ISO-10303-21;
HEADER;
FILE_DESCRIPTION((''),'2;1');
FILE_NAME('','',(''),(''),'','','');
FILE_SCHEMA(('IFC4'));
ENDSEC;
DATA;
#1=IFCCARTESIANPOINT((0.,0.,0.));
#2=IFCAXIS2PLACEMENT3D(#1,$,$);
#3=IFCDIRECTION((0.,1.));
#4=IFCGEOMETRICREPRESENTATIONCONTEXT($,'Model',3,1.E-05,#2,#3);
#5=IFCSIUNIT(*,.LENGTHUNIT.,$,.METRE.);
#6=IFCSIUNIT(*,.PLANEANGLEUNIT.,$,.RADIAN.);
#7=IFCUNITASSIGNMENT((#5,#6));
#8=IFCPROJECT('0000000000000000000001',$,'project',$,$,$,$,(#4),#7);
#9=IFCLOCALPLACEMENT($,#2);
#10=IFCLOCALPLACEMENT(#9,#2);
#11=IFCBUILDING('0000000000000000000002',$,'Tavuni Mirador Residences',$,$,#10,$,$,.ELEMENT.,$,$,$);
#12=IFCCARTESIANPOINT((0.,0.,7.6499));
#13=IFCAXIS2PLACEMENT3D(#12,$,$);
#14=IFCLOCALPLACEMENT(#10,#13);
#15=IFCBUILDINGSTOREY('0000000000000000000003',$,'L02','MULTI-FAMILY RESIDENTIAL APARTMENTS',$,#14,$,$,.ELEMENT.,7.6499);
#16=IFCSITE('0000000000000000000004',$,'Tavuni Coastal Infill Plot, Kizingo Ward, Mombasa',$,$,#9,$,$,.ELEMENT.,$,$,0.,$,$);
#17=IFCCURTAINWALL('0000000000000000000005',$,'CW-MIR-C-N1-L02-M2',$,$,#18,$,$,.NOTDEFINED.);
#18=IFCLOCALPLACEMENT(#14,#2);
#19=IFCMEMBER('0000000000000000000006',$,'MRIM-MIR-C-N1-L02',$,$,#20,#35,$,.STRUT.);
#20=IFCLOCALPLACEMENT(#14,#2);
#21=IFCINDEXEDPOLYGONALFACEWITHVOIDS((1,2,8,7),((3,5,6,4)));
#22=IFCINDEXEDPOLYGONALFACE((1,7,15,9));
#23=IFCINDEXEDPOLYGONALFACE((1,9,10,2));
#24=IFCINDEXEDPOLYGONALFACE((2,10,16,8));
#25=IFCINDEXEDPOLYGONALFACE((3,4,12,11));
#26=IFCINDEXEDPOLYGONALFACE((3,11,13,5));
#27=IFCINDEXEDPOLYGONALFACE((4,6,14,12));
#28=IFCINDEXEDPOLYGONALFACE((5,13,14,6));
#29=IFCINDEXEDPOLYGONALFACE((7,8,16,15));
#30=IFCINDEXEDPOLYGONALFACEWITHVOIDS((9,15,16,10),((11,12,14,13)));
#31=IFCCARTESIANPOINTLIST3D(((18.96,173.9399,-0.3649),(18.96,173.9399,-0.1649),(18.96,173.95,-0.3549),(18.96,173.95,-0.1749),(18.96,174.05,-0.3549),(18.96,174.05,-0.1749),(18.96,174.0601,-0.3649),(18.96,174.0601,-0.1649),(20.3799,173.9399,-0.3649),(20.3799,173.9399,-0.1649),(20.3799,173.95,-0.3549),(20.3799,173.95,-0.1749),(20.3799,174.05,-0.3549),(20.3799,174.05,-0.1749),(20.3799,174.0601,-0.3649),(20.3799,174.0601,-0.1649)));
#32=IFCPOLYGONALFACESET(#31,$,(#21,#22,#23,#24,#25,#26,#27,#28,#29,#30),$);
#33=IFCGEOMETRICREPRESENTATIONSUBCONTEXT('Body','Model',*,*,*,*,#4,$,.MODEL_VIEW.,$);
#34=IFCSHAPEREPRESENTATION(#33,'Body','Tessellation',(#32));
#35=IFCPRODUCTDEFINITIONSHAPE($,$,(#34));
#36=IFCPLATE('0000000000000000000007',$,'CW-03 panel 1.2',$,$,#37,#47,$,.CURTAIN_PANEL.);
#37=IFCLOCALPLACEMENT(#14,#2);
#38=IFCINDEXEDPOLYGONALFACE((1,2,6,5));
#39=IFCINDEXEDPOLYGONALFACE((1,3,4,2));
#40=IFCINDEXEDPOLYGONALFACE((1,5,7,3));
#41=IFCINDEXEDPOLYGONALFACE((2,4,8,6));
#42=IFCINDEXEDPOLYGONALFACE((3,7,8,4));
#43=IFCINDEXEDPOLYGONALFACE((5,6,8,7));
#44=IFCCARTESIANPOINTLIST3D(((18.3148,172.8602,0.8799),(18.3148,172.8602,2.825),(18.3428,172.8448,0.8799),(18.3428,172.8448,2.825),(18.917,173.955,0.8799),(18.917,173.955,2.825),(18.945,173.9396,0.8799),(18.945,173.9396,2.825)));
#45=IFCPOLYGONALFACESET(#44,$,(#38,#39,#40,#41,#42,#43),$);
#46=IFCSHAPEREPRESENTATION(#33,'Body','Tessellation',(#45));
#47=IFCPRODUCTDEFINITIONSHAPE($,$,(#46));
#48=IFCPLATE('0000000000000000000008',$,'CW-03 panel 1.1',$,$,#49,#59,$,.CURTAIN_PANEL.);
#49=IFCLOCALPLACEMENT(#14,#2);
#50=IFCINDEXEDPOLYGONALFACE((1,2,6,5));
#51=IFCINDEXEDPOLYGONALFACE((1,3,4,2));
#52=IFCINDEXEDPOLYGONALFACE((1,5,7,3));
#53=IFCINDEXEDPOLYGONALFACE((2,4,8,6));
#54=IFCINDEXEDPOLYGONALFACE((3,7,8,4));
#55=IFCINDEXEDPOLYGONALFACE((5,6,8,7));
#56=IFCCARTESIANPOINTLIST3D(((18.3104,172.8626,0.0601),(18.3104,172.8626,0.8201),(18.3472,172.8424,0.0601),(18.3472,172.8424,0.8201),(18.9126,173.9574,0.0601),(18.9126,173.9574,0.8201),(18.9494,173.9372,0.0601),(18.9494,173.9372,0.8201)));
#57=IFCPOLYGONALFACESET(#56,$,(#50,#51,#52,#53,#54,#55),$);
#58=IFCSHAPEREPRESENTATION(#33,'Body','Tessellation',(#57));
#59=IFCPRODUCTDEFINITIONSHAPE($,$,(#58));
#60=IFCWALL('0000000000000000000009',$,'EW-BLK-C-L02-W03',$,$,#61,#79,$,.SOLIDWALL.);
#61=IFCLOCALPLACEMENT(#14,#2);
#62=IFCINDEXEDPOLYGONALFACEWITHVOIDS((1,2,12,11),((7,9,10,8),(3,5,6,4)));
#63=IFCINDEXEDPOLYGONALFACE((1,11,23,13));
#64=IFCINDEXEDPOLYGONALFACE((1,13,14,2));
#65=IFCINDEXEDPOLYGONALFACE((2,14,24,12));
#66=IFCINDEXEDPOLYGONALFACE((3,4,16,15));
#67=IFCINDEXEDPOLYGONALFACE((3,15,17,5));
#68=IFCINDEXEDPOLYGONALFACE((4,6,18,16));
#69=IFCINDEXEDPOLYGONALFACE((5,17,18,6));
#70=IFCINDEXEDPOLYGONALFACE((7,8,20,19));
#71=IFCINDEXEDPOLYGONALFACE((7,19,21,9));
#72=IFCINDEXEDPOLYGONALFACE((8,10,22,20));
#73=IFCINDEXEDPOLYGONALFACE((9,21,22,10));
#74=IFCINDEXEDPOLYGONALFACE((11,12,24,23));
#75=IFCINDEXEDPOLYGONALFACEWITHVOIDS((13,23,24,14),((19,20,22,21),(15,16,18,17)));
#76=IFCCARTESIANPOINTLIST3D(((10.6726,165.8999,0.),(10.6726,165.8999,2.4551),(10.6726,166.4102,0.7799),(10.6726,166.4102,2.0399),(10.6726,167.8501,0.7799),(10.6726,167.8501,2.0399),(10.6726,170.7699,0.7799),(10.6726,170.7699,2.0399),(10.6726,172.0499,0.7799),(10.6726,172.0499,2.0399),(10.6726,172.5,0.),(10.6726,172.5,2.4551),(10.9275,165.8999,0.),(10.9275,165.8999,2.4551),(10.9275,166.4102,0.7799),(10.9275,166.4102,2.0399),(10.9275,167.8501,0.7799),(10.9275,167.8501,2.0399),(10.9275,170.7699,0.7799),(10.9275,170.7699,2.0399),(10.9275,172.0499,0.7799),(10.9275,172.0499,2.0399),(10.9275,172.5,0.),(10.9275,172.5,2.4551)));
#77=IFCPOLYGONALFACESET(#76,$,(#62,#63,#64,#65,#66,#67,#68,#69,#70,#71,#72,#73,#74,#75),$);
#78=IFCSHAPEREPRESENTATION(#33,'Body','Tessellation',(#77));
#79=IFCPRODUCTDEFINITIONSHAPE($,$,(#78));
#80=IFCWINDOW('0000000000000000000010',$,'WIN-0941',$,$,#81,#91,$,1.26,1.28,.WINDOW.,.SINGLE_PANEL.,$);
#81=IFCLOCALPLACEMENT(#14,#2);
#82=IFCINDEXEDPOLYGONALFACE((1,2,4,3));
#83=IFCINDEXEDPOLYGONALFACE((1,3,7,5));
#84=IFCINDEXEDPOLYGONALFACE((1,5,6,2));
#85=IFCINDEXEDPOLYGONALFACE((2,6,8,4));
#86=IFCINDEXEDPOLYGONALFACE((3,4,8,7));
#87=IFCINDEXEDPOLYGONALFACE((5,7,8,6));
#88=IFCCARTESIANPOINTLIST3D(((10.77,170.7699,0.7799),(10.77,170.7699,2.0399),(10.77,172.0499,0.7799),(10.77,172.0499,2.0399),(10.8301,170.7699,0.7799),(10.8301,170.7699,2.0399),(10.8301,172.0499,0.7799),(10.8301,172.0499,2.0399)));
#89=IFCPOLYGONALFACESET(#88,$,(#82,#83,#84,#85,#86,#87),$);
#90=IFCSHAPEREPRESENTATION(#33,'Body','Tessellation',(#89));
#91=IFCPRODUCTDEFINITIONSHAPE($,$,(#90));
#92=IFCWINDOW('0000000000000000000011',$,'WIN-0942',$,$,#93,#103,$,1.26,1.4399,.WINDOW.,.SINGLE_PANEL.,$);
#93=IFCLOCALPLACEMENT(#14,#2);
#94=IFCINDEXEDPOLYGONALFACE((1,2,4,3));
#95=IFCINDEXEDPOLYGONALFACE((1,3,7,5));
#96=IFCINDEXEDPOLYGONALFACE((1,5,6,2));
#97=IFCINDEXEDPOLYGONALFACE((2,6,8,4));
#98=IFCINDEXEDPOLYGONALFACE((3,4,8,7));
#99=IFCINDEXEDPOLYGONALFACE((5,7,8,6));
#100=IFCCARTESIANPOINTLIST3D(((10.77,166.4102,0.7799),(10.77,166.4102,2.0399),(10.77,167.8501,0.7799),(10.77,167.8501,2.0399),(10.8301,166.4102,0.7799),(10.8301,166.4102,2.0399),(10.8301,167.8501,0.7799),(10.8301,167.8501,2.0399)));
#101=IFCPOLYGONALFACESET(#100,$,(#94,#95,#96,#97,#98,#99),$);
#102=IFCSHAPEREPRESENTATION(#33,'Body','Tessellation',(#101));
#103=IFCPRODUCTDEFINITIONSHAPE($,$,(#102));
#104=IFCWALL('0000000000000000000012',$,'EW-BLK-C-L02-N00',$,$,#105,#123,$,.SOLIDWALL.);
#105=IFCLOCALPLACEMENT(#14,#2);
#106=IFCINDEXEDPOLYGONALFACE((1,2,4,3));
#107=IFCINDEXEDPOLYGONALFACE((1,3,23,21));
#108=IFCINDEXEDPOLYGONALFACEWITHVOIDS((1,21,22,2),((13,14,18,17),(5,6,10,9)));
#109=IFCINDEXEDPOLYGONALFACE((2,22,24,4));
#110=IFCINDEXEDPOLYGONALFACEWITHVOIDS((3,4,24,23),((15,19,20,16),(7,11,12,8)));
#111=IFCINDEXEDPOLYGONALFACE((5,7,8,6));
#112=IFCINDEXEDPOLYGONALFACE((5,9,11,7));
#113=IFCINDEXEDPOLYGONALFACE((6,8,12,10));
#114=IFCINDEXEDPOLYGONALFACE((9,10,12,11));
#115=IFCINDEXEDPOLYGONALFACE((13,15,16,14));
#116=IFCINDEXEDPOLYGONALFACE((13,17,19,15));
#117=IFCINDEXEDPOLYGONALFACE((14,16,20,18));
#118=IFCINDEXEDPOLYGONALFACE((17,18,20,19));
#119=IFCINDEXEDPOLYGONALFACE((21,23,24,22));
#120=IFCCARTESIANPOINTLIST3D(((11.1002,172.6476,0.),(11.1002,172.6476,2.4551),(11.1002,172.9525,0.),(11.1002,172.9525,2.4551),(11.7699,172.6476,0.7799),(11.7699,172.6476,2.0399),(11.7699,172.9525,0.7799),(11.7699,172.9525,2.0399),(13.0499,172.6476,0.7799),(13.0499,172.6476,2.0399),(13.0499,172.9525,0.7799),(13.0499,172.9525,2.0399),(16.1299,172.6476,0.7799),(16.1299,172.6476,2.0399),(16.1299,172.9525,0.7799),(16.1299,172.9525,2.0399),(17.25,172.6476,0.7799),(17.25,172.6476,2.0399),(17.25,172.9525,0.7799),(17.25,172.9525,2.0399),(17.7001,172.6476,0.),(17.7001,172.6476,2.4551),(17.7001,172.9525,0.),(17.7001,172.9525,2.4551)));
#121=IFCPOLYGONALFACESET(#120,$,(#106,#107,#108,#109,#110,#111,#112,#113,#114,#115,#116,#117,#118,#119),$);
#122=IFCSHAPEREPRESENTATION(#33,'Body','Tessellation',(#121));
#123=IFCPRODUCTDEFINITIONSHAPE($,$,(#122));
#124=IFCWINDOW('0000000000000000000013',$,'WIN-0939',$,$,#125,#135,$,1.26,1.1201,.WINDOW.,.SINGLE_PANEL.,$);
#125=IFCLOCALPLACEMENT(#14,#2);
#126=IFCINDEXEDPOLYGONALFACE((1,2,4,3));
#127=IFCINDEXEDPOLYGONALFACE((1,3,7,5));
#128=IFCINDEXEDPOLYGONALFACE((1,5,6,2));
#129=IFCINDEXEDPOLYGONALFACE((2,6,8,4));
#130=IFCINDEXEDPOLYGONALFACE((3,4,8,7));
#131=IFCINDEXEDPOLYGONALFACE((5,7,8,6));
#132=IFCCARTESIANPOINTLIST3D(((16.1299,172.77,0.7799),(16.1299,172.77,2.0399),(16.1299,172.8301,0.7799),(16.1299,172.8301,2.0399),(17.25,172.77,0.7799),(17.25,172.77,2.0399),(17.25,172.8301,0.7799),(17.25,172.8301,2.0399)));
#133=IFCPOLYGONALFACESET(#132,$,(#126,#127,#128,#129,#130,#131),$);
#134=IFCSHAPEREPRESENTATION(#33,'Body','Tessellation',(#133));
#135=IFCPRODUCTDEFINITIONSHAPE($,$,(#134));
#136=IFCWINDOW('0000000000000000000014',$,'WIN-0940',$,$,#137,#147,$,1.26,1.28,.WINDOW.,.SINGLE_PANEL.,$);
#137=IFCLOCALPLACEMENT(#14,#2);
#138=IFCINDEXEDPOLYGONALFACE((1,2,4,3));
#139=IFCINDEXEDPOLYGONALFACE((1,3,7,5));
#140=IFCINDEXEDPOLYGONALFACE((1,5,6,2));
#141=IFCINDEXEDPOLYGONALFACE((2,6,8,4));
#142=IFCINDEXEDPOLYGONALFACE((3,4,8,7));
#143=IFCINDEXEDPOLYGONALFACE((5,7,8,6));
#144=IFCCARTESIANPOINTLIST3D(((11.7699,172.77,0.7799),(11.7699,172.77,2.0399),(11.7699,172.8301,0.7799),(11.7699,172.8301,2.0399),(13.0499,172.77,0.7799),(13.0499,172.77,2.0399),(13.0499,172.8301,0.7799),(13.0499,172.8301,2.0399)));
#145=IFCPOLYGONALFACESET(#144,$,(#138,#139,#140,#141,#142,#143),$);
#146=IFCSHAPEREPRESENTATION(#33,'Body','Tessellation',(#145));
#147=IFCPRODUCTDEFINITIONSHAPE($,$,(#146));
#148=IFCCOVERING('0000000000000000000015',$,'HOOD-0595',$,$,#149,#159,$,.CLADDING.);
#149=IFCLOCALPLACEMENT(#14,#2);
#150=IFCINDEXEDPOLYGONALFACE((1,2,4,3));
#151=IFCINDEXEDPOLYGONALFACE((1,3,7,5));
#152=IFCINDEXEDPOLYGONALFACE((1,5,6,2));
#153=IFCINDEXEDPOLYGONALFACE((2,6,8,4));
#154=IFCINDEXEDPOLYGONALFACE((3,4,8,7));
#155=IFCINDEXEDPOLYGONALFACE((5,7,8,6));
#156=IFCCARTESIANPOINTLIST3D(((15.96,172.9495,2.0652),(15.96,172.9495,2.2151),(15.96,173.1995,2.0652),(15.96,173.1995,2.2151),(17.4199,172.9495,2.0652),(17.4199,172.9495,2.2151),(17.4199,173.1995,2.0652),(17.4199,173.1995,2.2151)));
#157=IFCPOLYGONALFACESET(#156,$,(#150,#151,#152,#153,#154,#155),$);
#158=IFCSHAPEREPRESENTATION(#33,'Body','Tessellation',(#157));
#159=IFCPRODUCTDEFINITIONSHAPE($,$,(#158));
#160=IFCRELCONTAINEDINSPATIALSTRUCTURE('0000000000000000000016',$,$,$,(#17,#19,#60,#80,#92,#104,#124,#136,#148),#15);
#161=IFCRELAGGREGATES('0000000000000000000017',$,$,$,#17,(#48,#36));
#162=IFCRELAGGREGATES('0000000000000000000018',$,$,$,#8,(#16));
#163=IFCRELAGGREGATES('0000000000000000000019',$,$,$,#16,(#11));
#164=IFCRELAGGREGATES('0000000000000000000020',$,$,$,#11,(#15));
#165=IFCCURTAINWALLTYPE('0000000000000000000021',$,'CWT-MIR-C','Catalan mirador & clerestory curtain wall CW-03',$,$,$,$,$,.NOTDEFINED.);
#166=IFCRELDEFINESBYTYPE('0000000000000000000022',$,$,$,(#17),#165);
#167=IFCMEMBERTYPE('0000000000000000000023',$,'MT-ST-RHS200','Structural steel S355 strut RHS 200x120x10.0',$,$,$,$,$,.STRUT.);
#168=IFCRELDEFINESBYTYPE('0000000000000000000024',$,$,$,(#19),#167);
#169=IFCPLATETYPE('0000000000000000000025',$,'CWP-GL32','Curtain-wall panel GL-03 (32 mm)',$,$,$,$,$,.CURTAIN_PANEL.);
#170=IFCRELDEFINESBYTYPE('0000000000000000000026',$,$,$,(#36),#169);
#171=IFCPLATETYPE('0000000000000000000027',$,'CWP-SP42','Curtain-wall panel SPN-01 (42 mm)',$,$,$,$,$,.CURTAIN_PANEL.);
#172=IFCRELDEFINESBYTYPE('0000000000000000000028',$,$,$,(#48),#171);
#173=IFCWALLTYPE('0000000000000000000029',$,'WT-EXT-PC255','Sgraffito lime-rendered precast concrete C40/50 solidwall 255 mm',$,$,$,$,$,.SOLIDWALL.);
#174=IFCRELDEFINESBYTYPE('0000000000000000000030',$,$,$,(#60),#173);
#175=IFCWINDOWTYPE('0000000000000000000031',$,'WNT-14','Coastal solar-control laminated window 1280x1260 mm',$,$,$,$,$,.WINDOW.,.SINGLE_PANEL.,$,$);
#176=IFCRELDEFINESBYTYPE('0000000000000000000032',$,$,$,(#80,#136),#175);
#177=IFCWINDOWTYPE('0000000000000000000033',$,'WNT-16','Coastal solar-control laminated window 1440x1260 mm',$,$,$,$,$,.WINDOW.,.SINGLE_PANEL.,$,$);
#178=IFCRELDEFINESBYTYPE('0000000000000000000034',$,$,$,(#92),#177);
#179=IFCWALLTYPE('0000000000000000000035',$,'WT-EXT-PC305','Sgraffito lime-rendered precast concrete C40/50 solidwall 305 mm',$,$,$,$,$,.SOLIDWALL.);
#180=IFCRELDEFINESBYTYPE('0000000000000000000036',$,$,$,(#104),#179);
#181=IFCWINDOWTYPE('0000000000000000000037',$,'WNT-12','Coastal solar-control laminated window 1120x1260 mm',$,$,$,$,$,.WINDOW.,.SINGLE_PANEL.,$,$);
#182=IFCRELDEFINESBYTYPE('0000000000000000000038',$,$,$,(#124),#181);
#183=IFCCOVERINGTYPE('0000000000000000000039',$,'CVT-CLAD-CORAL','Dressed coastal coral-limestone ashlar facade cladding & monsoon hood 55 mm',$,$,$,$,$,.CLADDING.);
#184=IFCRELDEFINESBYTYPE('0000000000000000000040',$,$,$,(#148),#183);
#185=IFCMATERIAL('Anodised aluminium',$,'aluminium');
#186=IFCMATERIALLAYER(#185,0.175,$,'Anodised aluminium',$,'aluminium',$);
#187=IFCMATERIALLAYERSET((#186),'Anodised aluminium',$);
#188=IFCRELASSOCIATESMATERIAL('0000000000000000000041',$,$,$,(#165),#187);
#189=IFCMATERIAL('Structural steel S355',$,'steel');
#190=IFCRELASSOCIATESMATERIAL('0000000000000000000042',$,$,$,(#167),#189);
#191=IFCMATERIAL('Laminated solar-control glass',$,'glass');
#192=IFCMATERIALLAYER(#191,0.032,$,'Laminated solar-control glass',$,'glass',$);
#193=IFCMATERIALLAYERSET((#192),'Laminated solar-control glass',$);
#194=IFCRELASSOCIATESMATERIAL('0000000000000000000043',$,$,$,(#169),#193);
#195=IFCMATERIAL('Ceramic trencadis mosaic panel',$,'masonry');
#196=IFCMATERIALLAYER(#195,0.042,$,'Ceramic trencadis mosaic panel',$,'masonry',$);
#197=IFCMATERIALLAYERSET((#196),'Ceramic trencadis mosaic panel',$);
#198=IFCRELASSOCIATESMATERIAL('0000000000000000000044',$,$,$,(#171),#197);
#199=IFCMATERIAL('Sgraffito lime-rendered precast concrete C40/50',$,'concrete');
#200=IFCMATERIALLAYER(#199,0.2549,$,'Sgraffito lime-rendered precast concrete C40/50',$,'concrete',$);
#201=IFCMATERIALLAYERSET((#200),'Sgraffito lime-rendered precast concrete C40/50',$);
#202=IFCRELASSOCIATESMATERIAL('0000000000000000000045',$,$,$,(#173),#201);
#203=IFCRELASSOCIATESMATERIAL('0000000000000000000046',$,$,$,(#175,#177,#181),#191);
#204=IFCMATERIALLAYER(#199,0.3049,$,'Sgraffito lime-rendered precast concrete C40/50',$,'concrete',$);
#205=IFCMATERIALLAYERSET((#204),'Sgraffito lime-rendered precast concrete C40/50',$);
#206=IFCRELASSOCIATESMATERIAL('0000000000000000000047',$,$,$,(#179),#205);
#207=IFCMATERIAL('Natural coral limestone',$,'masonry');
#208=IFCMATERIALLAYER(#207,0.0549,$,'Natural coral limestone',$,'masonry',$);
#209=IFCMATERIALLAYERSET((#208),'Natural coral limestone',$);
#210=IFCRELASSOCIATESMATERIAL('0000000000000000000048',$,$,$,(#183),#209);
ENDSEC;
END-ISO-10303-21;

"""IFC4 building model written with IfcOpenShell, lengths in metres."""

from ifc_helpers import new_model, si_unit, direction, frame, frame_2d, origin, origin_2d, place, context, subcontext, project, spatial, rectangle, hollow_rectangle, extrude, material, layer, layer_set, material_profile, profile_set, type_object, element, fill, aggregate, save


model = new_model("IFC4")

# Units and contexts
model_context = context("Model", 3, precision=1e-05, world=origin(), true_north=direction((0.0, 1.0)))
body_context = subcontext(model_context, "Body", "Model", "MODEL_VIEW")
ifc_project = project(units=[si_unit("LENGTHUNIT", "METRE"), si_unit("PLANEANGLEUNIT", "RADIAN")], contexts=[model_context])

# Site, building, storey
site_placement = place(None, origin())
site = spatial("IfcSite", under=ifc_project, at=site_placement, Name="Tavuni Coastal Infill Plot, Kizingo Ward, Mombasa", CompositionType="ELEMENT", RefElevation=0.0)
building_placement = place(site_placement, origin())
building = spatial("IfcBuilding", under=site, at=building_placement, Name="Tavuni Mirador Residences", CompositionType="ELEMENT")
storey_placement = place(building_placement, frame((0.0, 0.0, 7.6499)))
storey = spatial("IfcBuildingStorey", under=building, at=storey_placement, Name="L02", Description="MULTI-FAMILY RESIDENTIAL APARTMENTS", CompositionType="ELEMENT", Elevation=7.6499)

# Curtain wall
ifc_material_1 = material(Name="Anodised aluminium", Category="aluminium")
ifc_layer_1 = layer(ifc_material_1, 0.175, Name="Anodised aluminium", Category="aluminium")
ifc_layer_set_1 = layer_set([ifc_layer_1], Name="Anodised aluminium")
curtain_wall_type_1 = type_object("IfcCurtainWallType", Name="CWT-MIR-C", Description="Catalan mirador & clerestory curtain wall CW-03", PredefinedType="NOTDEFINED", material=ifc_layer_set_1)
curtain_wall_1_placement = place(storey_placement, origin())
curtain_wall_1 = element("IfcCurtainWall", 1, at=curtain_wall_1_placement, inside=storey, type_object=curtain_wall_type_1, Name="CW-MIR-C-N1-L02-M2", PredefinedType="NOTDEFINED")

# Member
ifc_material_2 = material(Name="Structural steel S355", Category="steel")
ifc_material_profile_1 = material_profile(ifc_material_2, hollow_rectangle(XDim=0.1201, YDim=0.2, WallThickness=0.01, at=origin_2d()), Name="RHS 200x120x10.0", Category="steel")
ifc_profile_set_1 = profile_set([ifc_material_profile_1], Name="Structural steel S355")
member_type_1 = type_object("IfcMemberType", Name="MT-ST-RHS200", Description="Structural steel S355 strut RHS 200x120x10.0", PredefinedType="STRUT", material=ifc_profile_set_1)
member_1_placement = place(storey_placement, frame((18.96, 174.0, -0.2649), z_axis=(1.0, 0.0, 0.0), x_axis=(0.0, 1.0, 0.0)))
element("IfcMember", 2, at=member_1_placement, inside=storey, type_object=member_type_1, Name="MRIM-MIR-C-N1-L02", PredefinedType="STRUT", context=body_context, shape_type="SweptSolid", body=[
    extrude(hollow_rectangle(XDim=0.1201, YDim=0.2, WallThickness=0.01, at=origin_2d()), origin(), (0.0, 0.0, 1.0), 1.4199),
])

# Plates
ifc_material_3 = material(Name="Laminated solar-control glass", Category="glass")
ifc_layer_2 = layer(ifc_material_3, 0.032, Name="Laminated solar-control glass", Category="glass")
ifc_layer_set_2 = layer_set([ifc_layer_2], Name="Laminated solar-control glass")
plate_type_1 = type_object("IfcPlateType", Name="CWP-GL32", Description="Curtain-wall panel GL-03 (32 mm)", PredefinedType="CURTAIN_PANEL", material=ifc_layer_set_2)
plate_1_placement = place(storey_placement, frame((18.6299, 173.3999, 0.8799), z_axis=(0.0, 0.0, 1.0), x_axis=(-0.481919, -0.876216, 0.0)))
plate_1 = element("IfcPlate", 3, at=plate_1_placement, type_object=plate_type_1, Name="CW-03 panel 1.2", PredefinedType="CURTAIN_PANEL", context=body_context, shape_type="SweptSolid", body=[
    extrude(rectangle(XDim=1.2495, YDim=0.032, at=origin_2d()), origin(), (0.0, 0.0, 1.0), 1.9451),
])
ifc_material_4 = material(Name="Ceramic trencadis mosaic panel", Category="masonry")
ifc_layer_3 = layer(ifc_material_4, 0.042, Name="Ceramic trencadis mosaic panel", Category="masonry")
ifc_layer_set_3 = layer_set([ifc_layer_3], Name="Ceramic trencadis mosaic panel")
plate_type_2 = type_object("IfcPlateType", Name="CWP-SP42", Description="Curtain-wall panel SPN-01 (42 mm)", PredefinedType="CURTAIN_PANEL", material=ifc_layer_set_3)
plate_2_placement = place(storey_placement, frame((18.6299, 173.3999, 0.0601), z_axis=(0.0, 0.0, 1.0), x_axis=(-0.481919, -0.876216, 0.0)))
plate_2 = element("IfcPlate", 4, at=plate_2_placement, type_object=plate_type_2, Name="CW-03 panel 1.1", PredefinedType="CURTAIN_PANEL", context=body_context, shape_type="SweptSolid", body=[
    extrude(rectangle(XDim=1.2495, YDim=0.042, at=origin_2d()), origin(), (0.0, 0.0, 1.0), 0.76),
])
aggregate(curtain_wall_1, [plate_2, plate_1])

# Walls, openings, windows
ifc_material_5 = material(Name="Sgraffito lime-rendered precast concrete C40/50", Category="concrete")
ifc_layer_4 = layer(ifc_material_5, 0.2549, Name="Sgraffito lime-rendered precast concrete C40/50", Category="concrete")
ifc_layer_set_4 = layer_set([ifc_layer_4], Name="Sgraffito lime-rendered precast concrete C40/50")
wall_type_1 = type_object("IfcWallType", Name="WT-EXT-PC255", Description="Sgraffito lime-rendered precast concrete C40/50 solidwall 255 mm", PredefinedType="SOLIDWALL", material=ifc_layer_set_4)
wall_1_placement = place(storey_placement, frame((10.8, 172.5, 0.0), z_axis=(0.0, 0.0, 1.0), x_axis=(0.0, -1.0, 0.0)))
wall_1 = element("IfcWall", 5, at=wall_1_placement, inside=storey, type_object=wall_type_1, Name="EW-BLK-C-L02-W03", PredefinedType="SOLIDWALL", context=body_context, shape_type="SweptSolid", body=[
    extrude(rectangle(XDim=6.6001, YDim=0.2549, at=frame_2d((3.3, 0.0))), origin(), (0.0, 0.0, 1.0), 2.4551),
])
opening_1_placement = place(wall_1_placement, frame((0.45, 0.0, 0.78)))
opening_1 = element("IfcOpeningElement", 6, at=opening_1_placement, cuts=wall_1, PredefinedType="OPENING", context=body_context, shape_type="SweptSolid", body=[
    extrude(rectangle(XDim=1.28, YDim=1.26, at=frame_2d((0.6401, 0.6299))), frame((0.0, 0.1375, 0.0), z_axis=(0.0, -1.0, 0.0), x_axis=(1.0, 0.0, 0.0)), (0.0, 0.0, 1.0), 0.2749),
])
opening_2_placement = place(wall_1_placement, frame((4.6499, 0.0, 0.78)))
opening_2 = element("IfcOpeningElement", 7, at=opening_2_placement, cuts=wall_1, PredefinedType="OPENING", context=body_context, shape_type="SweptSolid", body=[
    extrude(rectangle(XDim=1.4399, YDim=1.26, at=frame_2d((0.72, 0.6299))), frame((0.0, 0.1375, 0.0), z_axis=(0.0, -1.0, 0.0), x_axis=(1.0, 0.0, 0.0)), (0.0, 0.0, 1.0), 0.2749),
])
window_type_1 = type_object("IfcWindowType", Name="WNT-14", Description="Coastal solar-control laminated window 1280x1260 mm", PartitioningType="SINGLE_PANEL", PredefinedType="WINDOW", material=ifc_material_3)
window_1_placement = place(opening_1_placement, origin())
window_1 = element("IfcWindow", 8, at=window_1_placement, inside=storey, type_object=window_type_1, Name="WIN-0941", OverallHeight=1.26, OverallWidth=1.28, PartitioningType="SINGLE_PANEL", PredefinedType="WINDOW", context=body_context, shape_type="SweptSolid", body=[
    extrude(rectangle(XDim=1.28, YDim=1.26, at=frame_2d((0.6401, 0.6299))), frame((0.0, 0.03, 0.0), z_axis=(0.0, -1.0, 0.0), x_axis=(1.0, 0.0, 0.0)), (0.0, 0.0, 1.0), 0.0601),
])
fill(opening_1, window_1)
window_type_2 = type_object("IfcWindowType", Name="WNT-16", Description="Coastal solar-control laminated window 1440x1260 mm", PartitioningType="SINGLE_PANEL", PredefinedType="WINDOW", material=ifc_material_3)
window_2_placement = place(opening_2_placement, origin())
window_2 = element("IfcWindow", 9, at=window_2_placement, inside=storey, type_object=window_type_2, Name="WIN-0942", OverallHeight=1.26, OverallWidth=1.4399, PartitioningType="SINGLE_PANEL", PredefinedType="WINDOW", context=body_context, shape_type="SweptSolid", body=[
    extrude(rectangle(XDim=1.4399, YDim=1.26, at=frame_2d((0.72, 0.6299))), frame((0.0, 0.03, 0.0), z_axis=(0.0, -1.0, 0.0), x_axis=(1.0, 0.0, 0.0)), (0.0, 0.0, 1.0), 0.0601),
])
fill(opening_2, window_2)
ifc_layer_5 = layer(ifc_material_5, 0.3049, Name="Sgraffito lime-rendered precast concrete C40/50", Category="concrete")
ifc_layer_set_5 = layer_set([ifc_layer_5], Name="Sgraffito lime-rendered precast concrete C40/50")
wall_type_2 = type_object("IfcWallType", Name="WT-EXT-PC305", Description="Sgraffito lime-rendered precast concrete C40/50 solidwall 305 mm", PredefinedType="SOLIDWALL", material=ifc_layer_set_5)
wall_2_placement = place(storey_placement, frame((17.7, 172.8, 0.0), z_axis=(0.0, 0.0, 1.0), x_axis=(-1.0, 0.0, 0.0)))
wall_2 = element("IfcWall", 10, at=wall_2_placement, inside=storey, type_object=wall_type_2, Name="EW-BLK-C-L02-N00", PredefinedType="SOLIDWALL", context=body_context, shape_type="SweptSolid", body=[
    extrude(rectangle(XDim=6.5999, YDim=0.3049, at=frame_2d((3.2998, 0.0))), origin(), (0.0, 0.0, 1.0), 2.4551),
])
opening_3_placement = place(wall_2_placement, frame((0.45, 0.0, 0.78)))
opening_3 = element("IfcOpeningElement", 11, at=opening_3_placement, cuts=wall_2, PredefinedType="OPENING", context=body_context, shape_type="SweptSolid", body=[
    extrude(rectangle(XDim=1.1201, YDim=1.26, at=frame_2d((0.5601, 0.6299))), frame((0.0, 0.1626, 0.0), z_axis=(0.0, -1.0, 0.0), x_axis=(1.0, 0.0, 0.0)), (0.0, 0.0, 1.0), 0.325),
])
opening_4_placement = place(wall_2_placement, frame((4.6499, 0.0, 0.78)))
opening_4 = element("IfcOpeningElement", 12, at=opening_4_placement, cuts=wall_2, PredefinedType="OPENING", context=body_context, shape_type="SweptSolid", body=[
    extrude(rectangle(XDim=1.28, YDim=1.26, at=frame_2d((0.6401, 0.6299))), frame((0.0, 0.1626, 0.0), z_axis=(0.0, -1.0, 0.0), x_axis=(1.0, 0.0, 0.0)), (0.0, 0.0, 1.0), 0.325),
])
window_type_3 = type_object("IfcWindowType", Name="WNT-12", Description="Coastal solar-control laminated window 1120x1260 mm", PartitioningType="SINGLE_PANEL", PredefinedType="WINDOW", material=ifc_material_3)
window_3_placement = place(opening_3_placement, origin())
window_3 = element("IfcWindow", 13, at=window_3_placement, inside=storey, type_object=window_type_3, Name="WIN-0939", OverallHeight=1.26, OverallWidth=1.1201, PartitioningType="SINGLE_PANEL", PredefinedType="WINDOW", context=body_context, shape_type="SweptSolid", body=[
    extrude(rectangle(XDim=1.1201, YDim=1.26, at=frame_2d((0.5601, 0.6299))), frame((0.0, 0.03, 0.0), z_axis=(0.0, -1.0, 0.0), x_axis=(1.0, 0.0, 0.0)), (0.0, 0.0, 1.0), 0.0601),
])
fill(opening_3, window_3)
window_4_placement = place(opening_4_placement, origin())
window_4 = element("IfcWindow", 14, at=window_4_placement, inside=storey, type_object=window_type_1, Name="WIN-0940", OverallHeight=1.26, OverallWidth=1.28, PartitioningType="SINGLE_PANEL", PredefinedType="WINDOW", context=body_context, shape_type="SweptSolid", body=[
    extrude(rectangle(XDim=1.28, YDim=1.26, at=frame_2d((0.6401, 0.6299))), frame((0.0, 0.03, 0.0), z_axis=(0.0, -1.0, 0.0), x_axis=(1.0, 0.0, 0.0)), (0.0, 0.0, 1.0), 0.0601),
])
fill(opening_4, window_4)

# Covering
ifc_material_6 = material(Name="Natural coral limestone", Category="masonry")
ifc_layer_6 = layer(ifc_material_6, 0.0549, Name="Natural coral limestone", Category="masonry")
ifc_layer_set_6 = layer_set([ifc_layer_6], Name="Natural coral limestone")
covering_type = type_object("IfcCoveringType", Name="CVT-CLAD-CORAL", Description="Dressed coastal coral-limestone ashlar facade cladding & monsoon hood 55 mm", PredefinedType="CLADDING", material=ifc_layer_set_6)
covering_1_placement = place(storey_placement, frame((16.6899, 173.0745, 2.0652), z_axis=(0.0, 0.0, 1.0), x_axis=(-1.0, 0.0, 0.0)))
element("IfcCovering", 15, at=covering_1_placement, inside=storey, type_object=covering_type, Name="HOOD-0595", PredefinedType="CLADDING", context=body_context, shape_type="SweptSolid", body=[
    extrude(rectangle(XDim=1.46, YDim=0.25, at=origin_2d()), origin(), (0.0, 0.0, 1.0), 0.1499),
])

save(model, "model.ifc")
